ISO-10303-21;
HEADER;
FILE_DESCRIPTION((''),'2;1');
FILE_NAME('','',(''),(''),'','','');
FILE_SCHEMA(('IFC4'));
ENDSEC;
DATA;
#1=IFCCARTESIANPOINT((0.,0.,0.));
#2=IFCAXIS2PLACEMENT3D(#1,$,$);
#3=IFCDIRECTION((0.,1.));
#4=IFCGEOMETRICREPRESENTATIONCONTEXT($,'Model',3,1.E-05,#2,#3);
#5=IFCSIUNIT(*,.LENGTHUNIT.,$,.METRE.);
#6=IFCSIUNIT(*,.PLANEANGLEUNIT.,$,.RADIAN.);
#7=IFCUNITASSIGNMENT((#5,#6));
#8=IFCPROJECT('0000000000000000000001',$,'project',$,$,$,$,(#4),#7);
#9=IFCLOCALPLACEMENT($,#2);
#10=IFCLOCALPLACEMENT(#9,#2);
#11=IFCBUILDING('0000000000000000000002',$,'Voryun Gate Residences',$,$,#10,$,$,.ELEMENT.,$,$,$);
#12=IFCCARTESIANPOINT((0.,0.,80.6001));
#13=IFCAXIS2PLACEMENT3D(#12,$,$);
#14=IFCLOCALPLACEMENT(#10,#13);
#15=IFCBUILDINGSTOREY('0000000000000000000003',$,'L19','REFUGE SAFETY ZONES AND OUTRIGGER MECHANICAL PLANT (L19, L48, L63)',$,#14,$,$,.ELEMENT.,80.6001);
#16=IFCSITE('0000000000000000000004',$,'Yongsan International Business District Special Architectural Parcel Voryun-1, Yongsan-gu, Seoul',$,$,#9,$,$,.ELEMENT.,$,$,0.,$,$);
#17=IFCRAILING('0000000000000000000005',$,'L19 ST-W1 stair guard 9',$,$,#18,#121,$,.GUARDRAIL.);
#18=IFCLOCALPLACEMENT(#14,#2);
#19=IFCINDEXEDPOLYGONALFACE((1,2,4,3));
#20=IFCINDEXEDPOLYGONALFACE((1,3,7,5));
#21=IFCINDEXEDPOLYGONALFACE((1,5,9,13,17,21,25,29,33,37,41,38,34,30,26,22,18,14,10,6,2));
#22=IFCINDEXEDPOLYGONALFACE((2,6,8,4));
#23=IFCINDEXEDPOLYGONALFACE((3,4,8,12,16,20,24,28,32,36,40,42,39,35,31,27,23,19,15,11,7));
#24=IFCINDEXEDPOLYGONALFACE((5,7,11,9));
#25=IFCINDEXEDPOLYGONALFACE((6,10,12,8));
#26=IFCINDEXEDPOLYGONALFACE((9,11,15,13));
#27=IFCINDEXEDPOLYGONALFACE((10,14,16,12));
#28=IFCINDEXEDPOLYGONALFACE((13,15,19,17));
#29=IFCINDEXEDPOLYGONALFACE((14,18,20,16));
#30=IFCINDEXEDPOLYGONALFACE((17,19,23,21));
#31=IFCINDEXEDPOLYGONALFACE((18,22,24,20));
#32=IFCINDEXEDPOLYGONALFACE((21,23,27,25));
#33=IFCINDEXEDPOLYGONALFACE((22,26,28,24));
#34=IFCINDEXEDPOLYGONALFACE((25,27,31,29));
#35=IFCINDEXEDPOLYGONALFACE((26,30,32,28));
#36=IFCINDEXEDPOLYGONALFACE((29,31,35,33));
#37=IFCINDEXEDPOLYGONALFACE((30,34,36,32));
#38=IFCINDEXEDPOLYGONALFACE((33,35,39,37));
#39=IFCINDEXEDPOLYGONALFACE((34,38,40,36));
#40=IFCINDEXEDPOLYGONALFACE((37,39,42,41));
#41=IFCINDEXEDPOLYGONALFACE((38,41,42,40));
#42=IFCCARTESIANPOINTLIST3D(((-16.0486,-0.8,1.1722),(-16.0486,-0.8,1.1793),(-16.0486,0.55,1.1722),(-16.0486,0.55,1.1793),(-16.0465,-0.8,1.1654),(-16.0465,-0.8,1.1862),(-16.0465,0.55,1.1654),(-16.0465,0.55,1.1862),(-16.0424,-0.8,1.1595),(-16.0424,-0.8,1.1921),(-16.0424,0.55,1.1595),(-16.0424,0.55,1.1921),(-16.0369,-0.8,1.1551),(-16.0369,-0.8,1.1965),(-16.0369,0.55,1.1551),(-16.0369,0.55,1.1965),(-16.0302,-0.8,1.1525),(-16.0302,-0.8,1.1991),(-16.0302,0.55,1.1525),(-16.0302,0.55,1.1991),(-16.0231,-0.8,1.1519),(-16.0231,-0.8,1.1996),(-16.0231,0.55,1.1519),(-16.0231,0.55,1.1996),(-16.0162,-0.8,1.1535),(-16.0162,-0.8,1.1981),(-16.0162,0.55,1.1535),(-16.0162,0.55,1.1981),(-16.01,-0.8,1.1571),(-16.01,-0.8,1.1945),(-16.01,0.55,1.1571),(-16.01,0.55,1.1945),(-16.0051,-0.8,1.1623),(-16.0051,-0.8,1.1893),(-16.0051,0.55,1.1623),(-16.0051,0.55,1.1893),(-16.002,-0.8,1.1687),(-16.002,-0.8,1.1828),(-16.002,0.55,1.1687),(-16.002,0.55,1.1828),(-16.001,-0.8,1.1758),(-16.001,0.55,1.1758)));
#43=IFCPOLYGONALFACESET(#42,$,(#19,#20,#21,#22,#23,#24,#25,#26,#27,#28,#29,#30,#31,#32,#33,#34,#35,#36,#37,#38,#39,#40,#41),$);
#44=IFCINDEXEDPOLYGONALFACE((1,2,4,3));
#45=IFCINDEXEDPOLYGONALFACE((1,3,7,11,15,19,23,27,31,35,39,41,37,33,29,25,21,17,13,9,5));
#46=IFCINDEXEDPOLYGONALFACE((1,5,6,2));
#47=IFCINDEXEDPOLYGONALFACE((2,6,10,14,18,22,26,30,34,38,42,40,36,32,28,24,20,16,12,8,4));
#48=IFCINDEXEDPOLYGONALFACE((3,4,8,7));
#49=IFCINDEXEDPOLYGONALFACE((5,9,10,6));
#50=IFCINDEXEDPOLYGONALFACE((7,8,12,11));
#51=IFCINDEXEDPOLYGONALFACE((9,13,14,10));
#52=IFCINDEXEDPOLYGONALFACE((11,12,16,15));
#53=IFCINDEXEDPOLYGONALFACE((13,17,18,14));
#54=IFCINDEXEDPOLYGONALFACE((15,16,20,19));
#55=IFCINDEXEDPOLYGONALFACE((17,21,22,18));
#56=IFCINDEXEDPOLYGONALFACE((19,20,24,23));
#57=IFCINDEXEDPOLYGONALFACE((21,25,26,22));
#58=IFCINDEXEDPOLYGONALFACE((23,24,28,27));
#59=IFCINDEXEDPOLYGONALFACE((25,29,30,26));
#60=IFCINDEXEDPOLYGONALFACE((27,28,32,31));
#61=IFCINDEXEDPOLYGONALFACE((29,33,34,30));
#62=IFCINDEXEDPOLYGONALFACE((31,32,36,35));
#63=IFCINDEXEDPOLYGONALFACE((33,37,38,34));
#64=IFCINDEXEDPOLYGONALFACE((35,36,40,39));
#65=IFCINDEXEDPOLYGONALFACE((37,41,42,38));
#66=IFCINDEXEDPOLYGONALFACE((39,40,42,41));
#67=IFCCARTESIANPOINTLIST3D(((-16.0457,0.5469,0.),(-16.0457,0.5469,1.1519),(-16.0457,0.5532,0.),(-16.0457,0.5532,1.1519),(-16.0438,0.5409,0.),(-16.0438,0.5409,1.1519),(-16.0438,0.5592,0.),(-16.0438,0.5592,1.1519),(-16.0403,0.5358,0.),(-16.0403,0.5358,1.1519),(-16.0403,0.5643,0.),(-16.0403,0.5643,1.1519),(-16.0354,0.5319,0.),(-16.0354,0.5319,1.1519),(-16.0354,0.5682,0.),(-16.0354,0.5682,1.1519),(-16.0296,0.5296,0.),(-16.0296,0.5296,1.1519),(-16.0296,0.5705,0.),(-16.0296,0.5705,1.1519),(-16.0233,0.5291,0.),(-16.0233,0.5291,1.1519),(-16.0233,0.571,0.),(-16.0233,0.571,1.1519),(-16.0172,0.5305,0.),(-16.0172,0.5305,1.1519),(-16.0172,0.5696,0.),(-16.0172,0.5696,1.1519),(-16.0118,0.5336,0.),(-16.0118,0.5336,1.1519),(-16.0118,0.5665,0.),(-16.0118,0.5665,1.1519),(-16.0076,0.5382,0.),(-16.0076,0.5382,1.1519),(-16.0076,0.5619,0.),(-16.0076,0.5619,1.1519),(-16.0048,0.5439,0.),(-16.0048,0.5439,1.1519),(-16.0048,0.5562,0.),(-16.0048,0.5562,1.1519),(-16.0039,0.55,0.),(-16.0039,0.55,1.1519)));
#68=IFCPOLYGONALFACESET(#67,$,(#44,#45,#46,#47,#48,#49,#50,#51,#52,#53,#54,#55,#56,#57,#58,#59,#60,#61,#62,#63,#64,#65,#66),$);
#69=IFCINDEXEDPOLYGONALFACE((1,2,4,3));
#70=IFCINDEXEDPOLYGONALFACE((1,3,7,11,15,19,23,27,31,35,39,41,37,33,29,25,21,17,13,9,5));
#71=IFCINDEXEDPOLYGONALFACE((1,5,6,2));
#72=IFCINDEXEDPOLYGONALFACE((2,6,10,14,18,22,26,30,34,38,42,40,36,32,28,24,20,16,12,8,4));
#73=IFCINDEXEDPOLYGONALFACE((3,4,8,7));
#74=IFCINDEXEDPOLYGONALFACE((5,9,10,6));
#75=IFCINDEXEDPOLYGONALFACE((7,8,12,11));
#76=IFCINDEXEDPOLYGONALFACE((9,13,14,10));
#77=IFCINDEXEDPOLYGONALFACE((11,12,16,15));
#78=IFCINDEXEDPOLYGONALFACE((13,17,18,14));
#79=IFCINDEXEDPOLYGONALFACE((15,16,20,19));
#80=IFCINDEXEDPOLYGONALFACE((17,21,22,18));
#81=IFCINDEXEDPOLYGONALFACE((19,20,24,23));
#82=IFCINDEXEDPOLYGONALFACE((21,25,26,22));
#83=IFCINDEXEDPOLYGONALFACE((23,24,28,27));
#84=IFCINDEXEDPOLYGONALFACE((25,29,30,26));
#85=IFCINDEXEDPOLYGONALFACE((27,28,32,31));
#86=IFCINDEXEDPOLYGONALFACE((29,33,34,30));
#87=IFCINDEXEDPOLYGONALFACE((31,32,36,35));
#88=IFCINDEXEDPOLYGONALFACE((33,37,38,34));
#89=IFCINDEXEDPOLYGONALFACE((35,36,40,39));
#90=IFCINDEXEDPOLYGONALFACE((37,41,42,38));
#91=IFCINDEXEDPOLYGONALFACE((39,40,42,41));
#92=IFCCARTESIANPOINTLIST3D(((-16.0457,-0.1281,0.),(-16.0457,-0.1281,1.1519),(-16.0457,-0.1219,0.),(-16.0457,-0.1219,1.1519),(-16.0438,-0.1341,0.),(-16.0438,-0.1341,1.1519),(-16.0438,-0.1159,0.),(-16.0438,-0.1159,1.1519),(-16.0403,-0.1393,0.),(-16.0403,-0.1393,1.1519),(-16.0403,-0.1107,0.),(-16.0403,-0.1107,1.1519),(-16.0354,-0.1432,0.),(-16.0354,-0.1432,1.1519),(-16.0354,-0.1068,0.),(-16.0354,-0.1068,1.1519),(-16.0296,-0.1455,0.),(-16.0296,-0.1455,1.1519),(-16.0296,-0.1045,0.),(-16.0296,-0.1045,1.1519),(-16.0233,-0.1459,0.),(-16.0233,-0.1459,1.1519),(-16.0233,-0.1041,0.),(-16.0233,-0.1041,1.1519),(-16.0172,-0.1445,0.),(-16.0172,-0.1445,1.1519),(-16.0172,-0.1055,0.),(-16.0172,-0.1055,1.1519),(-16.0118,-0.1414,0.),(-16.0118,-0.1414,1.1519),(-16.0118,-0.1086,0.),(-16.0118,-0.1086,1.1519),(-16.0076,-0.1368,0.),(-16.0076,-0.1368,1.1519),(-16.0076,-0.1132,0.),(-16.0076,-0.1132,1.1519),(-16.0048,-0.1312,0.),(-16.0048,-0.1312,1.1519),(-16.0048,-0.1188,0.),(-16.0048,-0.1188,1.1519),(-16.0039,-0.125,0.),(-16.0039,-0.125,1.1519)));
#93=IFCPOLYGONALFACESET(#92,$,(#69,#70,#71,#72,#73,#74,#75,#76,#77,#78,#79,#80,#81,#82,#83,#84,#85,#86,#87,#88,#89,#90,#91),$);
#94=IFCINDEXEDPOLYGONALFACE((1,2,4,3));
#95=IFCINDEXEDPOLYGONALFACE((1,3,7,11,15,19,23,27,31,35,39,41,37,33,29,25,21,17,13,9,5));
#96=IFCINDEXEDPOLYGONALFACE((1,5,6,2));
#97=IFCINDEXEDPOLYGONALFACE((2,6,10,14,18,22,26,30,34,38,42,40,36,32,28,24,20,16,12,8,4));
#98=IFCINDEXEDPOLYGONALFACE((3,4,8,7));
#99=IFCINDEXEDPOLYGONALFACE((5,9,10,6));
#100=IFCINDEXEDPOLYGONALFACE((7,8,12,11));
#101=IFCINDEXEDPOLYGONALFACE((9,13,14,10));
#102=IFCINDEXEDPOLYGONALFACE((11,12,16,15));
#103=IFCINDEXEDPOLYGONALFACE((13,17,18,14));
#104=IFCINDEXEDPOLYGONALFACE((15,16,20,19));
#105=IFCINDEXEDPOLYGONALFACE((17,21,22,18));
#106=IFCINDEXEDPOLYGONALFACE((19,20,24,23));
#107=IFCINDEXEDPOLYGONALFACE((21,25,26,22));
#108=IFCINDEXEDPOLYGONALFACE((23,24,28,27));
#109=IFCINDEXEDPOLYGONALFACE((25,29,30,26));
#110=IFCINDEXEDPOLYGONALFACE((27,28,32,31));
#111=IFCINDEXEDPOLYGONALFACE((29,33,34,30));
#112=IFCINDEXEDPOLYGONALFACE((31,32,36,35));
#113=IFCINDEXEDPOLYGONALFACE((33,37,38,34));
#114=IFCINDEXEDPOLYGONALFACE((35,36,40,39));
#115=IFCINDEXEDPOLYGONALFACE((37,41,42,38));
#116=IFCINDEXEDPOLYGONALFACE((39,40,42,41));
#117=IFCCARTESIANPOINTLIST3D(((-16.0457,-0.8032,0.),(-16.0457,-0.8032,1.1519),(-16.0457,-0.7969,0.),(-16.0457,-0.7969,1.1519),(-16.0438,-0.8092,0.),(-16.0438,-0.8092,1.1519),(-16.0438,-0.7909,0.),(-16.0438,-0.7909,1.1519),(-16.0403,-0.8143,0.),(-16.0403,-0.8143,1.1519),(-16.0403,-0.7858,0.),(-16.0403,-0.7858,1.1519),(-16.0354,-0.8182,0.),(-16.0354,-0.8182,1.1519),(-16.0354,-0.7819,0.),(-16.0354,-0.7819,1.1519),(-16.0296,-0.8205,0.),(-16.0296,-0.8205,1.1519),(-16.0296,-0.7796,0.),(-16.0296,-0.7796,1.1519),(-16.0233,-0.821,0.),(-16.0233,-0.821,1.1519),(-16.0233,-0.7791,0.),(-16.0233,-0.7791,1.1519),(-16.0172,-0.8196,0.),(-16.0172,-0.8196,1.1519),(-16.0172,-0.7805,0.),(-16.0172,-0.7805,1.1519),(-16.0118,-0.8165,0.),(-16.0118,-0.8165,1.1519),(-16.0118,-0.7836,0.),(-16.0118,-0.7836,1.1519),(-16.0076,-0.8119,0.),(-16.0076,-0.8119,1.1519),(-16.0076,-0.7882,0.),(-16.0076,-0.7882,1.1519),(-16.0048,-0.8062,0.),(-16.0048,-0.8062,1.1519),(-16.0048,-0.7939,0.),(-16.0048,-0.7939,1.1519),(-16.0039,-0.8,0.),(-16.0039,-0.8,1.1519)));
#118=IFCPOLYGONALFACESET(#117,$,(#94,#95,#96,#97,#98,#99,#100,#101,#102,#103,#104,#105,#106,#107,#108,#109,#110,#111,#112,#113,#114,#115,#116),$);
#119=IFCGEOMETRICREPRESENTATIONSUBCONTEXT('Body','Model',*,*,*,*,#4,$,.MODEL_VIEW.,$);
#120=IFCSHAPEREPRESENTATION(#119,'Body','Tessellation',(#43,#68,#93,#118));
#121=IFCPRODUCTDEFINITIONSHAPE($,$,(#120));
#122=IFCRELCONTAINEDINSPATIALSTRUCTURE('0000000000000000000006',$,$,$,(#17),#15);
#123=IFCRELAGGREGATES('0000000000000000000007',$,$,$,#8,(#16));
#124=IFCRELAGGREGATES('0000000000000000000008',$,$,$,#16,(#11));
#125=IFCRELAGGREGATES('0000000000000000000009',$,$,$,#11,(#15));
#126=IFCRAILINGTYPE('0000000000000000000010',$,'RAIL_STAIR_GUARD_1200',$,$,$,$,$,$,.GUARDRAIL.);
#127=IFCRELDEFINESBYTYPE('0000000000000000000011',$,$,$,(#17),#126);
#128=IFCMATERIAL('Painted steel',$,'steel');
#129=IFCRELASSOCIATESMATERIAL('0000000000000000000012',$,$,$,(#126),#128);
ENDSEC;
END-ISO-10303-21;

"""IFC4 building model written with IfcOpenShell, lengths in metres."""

from ifc_helpers import new_model, si_unit, direction, frame, origin, origin_2d, place, context, subcontext, project, spatial, circle, extrude, material, type_object, element, save


model = new_model("IFC4")

# Units and contexts
model_context = context("Model", 3, precision=1e-05, world=origin(), true_north=direction((0.0, 1.0)))
body_context = subcontext(model_context, "Body", "Model", "MODEL_VIEW")
ifc_project = project(units=[si_unit("LENGTHUNIT", "METRE"), si_unit("PLANEANGLEUNIT", "RADIAN")], contexts=[model_context])

# Site, building, storey
site_placement = place(None, origin())
site = spatial("IfcSite", under=ifc_project, at=site_placement, Name="Yongsan International Business District Special Architectural Parcel Voryun-1, Yongsan-gu, Seoul", CompositionType="ELEMENT", RefElevation=0.0)
building_placement = place(site_placement, origin())
building = spatial("IfcBuilding", under=site, at=building_placement, Name="Voryun Gate Residences", CompositionType="ELEMENT")
storey_placement = place(building_placement, frame((0.0, 0.0, 80.6001)))
storey = spatial("IfcBuildingStorey", under=building, at=storey_placement, Name="L19", Description="REFUGE SAFETY ZONES AND OUTRIGGER MECHANICAL PLANT (L19, L48, L63)", CompositionType="ELEMENT", Elevation=80.6001)

# Railing
ifc_material_1 = material(Name="Painted steel", Category="steel")
railing_type_1 = type_object("IfcRailingType", Name="RAIL_STAIR_GUARD_1200", PredefinedType="GUARDRAIL", material=ifc_material_1)
for number, where, name in (
    (1, (-16.0249, 0.55, 0.0), "L19 ST-W1 stair guard 9"),
):
    element("IfcRailing", number, at=place(storey_placement, frame(where)), inside=storey, type_object=railing_type_1, Name=name, PredefinedType="GUARDRAIL", context=body_context, shape_type="SweptSolid", body=[
        extrude(circle(Radius=0.0239, at=origin_2d()), frame((0.0, 0.0, 1.1758), z_axis=(0.0, -1.0, 0.0), x_axis=(1.0, 0.0, 0.0)), (0.0, 0.0, 1.0), 1.3501),
        extrude(circle(Radius=0.021, at=origin_2d()), origin(), (0.0, 0.0, 1.0), 1.1519),
        extrude(circle(Radius=0.021, at=origin_2d()), frame((0.0, -0.675, 0.0)), (0.0, 0.0, 1.0), 1.1519),
        extrude(circle(Radius=0.021, at=origin_2d()), frame((0.0, -1.3501, 0.0)), (0.0, 0.0, 1.0), 1.1519),
    ])

save(model, "model.ifc")
